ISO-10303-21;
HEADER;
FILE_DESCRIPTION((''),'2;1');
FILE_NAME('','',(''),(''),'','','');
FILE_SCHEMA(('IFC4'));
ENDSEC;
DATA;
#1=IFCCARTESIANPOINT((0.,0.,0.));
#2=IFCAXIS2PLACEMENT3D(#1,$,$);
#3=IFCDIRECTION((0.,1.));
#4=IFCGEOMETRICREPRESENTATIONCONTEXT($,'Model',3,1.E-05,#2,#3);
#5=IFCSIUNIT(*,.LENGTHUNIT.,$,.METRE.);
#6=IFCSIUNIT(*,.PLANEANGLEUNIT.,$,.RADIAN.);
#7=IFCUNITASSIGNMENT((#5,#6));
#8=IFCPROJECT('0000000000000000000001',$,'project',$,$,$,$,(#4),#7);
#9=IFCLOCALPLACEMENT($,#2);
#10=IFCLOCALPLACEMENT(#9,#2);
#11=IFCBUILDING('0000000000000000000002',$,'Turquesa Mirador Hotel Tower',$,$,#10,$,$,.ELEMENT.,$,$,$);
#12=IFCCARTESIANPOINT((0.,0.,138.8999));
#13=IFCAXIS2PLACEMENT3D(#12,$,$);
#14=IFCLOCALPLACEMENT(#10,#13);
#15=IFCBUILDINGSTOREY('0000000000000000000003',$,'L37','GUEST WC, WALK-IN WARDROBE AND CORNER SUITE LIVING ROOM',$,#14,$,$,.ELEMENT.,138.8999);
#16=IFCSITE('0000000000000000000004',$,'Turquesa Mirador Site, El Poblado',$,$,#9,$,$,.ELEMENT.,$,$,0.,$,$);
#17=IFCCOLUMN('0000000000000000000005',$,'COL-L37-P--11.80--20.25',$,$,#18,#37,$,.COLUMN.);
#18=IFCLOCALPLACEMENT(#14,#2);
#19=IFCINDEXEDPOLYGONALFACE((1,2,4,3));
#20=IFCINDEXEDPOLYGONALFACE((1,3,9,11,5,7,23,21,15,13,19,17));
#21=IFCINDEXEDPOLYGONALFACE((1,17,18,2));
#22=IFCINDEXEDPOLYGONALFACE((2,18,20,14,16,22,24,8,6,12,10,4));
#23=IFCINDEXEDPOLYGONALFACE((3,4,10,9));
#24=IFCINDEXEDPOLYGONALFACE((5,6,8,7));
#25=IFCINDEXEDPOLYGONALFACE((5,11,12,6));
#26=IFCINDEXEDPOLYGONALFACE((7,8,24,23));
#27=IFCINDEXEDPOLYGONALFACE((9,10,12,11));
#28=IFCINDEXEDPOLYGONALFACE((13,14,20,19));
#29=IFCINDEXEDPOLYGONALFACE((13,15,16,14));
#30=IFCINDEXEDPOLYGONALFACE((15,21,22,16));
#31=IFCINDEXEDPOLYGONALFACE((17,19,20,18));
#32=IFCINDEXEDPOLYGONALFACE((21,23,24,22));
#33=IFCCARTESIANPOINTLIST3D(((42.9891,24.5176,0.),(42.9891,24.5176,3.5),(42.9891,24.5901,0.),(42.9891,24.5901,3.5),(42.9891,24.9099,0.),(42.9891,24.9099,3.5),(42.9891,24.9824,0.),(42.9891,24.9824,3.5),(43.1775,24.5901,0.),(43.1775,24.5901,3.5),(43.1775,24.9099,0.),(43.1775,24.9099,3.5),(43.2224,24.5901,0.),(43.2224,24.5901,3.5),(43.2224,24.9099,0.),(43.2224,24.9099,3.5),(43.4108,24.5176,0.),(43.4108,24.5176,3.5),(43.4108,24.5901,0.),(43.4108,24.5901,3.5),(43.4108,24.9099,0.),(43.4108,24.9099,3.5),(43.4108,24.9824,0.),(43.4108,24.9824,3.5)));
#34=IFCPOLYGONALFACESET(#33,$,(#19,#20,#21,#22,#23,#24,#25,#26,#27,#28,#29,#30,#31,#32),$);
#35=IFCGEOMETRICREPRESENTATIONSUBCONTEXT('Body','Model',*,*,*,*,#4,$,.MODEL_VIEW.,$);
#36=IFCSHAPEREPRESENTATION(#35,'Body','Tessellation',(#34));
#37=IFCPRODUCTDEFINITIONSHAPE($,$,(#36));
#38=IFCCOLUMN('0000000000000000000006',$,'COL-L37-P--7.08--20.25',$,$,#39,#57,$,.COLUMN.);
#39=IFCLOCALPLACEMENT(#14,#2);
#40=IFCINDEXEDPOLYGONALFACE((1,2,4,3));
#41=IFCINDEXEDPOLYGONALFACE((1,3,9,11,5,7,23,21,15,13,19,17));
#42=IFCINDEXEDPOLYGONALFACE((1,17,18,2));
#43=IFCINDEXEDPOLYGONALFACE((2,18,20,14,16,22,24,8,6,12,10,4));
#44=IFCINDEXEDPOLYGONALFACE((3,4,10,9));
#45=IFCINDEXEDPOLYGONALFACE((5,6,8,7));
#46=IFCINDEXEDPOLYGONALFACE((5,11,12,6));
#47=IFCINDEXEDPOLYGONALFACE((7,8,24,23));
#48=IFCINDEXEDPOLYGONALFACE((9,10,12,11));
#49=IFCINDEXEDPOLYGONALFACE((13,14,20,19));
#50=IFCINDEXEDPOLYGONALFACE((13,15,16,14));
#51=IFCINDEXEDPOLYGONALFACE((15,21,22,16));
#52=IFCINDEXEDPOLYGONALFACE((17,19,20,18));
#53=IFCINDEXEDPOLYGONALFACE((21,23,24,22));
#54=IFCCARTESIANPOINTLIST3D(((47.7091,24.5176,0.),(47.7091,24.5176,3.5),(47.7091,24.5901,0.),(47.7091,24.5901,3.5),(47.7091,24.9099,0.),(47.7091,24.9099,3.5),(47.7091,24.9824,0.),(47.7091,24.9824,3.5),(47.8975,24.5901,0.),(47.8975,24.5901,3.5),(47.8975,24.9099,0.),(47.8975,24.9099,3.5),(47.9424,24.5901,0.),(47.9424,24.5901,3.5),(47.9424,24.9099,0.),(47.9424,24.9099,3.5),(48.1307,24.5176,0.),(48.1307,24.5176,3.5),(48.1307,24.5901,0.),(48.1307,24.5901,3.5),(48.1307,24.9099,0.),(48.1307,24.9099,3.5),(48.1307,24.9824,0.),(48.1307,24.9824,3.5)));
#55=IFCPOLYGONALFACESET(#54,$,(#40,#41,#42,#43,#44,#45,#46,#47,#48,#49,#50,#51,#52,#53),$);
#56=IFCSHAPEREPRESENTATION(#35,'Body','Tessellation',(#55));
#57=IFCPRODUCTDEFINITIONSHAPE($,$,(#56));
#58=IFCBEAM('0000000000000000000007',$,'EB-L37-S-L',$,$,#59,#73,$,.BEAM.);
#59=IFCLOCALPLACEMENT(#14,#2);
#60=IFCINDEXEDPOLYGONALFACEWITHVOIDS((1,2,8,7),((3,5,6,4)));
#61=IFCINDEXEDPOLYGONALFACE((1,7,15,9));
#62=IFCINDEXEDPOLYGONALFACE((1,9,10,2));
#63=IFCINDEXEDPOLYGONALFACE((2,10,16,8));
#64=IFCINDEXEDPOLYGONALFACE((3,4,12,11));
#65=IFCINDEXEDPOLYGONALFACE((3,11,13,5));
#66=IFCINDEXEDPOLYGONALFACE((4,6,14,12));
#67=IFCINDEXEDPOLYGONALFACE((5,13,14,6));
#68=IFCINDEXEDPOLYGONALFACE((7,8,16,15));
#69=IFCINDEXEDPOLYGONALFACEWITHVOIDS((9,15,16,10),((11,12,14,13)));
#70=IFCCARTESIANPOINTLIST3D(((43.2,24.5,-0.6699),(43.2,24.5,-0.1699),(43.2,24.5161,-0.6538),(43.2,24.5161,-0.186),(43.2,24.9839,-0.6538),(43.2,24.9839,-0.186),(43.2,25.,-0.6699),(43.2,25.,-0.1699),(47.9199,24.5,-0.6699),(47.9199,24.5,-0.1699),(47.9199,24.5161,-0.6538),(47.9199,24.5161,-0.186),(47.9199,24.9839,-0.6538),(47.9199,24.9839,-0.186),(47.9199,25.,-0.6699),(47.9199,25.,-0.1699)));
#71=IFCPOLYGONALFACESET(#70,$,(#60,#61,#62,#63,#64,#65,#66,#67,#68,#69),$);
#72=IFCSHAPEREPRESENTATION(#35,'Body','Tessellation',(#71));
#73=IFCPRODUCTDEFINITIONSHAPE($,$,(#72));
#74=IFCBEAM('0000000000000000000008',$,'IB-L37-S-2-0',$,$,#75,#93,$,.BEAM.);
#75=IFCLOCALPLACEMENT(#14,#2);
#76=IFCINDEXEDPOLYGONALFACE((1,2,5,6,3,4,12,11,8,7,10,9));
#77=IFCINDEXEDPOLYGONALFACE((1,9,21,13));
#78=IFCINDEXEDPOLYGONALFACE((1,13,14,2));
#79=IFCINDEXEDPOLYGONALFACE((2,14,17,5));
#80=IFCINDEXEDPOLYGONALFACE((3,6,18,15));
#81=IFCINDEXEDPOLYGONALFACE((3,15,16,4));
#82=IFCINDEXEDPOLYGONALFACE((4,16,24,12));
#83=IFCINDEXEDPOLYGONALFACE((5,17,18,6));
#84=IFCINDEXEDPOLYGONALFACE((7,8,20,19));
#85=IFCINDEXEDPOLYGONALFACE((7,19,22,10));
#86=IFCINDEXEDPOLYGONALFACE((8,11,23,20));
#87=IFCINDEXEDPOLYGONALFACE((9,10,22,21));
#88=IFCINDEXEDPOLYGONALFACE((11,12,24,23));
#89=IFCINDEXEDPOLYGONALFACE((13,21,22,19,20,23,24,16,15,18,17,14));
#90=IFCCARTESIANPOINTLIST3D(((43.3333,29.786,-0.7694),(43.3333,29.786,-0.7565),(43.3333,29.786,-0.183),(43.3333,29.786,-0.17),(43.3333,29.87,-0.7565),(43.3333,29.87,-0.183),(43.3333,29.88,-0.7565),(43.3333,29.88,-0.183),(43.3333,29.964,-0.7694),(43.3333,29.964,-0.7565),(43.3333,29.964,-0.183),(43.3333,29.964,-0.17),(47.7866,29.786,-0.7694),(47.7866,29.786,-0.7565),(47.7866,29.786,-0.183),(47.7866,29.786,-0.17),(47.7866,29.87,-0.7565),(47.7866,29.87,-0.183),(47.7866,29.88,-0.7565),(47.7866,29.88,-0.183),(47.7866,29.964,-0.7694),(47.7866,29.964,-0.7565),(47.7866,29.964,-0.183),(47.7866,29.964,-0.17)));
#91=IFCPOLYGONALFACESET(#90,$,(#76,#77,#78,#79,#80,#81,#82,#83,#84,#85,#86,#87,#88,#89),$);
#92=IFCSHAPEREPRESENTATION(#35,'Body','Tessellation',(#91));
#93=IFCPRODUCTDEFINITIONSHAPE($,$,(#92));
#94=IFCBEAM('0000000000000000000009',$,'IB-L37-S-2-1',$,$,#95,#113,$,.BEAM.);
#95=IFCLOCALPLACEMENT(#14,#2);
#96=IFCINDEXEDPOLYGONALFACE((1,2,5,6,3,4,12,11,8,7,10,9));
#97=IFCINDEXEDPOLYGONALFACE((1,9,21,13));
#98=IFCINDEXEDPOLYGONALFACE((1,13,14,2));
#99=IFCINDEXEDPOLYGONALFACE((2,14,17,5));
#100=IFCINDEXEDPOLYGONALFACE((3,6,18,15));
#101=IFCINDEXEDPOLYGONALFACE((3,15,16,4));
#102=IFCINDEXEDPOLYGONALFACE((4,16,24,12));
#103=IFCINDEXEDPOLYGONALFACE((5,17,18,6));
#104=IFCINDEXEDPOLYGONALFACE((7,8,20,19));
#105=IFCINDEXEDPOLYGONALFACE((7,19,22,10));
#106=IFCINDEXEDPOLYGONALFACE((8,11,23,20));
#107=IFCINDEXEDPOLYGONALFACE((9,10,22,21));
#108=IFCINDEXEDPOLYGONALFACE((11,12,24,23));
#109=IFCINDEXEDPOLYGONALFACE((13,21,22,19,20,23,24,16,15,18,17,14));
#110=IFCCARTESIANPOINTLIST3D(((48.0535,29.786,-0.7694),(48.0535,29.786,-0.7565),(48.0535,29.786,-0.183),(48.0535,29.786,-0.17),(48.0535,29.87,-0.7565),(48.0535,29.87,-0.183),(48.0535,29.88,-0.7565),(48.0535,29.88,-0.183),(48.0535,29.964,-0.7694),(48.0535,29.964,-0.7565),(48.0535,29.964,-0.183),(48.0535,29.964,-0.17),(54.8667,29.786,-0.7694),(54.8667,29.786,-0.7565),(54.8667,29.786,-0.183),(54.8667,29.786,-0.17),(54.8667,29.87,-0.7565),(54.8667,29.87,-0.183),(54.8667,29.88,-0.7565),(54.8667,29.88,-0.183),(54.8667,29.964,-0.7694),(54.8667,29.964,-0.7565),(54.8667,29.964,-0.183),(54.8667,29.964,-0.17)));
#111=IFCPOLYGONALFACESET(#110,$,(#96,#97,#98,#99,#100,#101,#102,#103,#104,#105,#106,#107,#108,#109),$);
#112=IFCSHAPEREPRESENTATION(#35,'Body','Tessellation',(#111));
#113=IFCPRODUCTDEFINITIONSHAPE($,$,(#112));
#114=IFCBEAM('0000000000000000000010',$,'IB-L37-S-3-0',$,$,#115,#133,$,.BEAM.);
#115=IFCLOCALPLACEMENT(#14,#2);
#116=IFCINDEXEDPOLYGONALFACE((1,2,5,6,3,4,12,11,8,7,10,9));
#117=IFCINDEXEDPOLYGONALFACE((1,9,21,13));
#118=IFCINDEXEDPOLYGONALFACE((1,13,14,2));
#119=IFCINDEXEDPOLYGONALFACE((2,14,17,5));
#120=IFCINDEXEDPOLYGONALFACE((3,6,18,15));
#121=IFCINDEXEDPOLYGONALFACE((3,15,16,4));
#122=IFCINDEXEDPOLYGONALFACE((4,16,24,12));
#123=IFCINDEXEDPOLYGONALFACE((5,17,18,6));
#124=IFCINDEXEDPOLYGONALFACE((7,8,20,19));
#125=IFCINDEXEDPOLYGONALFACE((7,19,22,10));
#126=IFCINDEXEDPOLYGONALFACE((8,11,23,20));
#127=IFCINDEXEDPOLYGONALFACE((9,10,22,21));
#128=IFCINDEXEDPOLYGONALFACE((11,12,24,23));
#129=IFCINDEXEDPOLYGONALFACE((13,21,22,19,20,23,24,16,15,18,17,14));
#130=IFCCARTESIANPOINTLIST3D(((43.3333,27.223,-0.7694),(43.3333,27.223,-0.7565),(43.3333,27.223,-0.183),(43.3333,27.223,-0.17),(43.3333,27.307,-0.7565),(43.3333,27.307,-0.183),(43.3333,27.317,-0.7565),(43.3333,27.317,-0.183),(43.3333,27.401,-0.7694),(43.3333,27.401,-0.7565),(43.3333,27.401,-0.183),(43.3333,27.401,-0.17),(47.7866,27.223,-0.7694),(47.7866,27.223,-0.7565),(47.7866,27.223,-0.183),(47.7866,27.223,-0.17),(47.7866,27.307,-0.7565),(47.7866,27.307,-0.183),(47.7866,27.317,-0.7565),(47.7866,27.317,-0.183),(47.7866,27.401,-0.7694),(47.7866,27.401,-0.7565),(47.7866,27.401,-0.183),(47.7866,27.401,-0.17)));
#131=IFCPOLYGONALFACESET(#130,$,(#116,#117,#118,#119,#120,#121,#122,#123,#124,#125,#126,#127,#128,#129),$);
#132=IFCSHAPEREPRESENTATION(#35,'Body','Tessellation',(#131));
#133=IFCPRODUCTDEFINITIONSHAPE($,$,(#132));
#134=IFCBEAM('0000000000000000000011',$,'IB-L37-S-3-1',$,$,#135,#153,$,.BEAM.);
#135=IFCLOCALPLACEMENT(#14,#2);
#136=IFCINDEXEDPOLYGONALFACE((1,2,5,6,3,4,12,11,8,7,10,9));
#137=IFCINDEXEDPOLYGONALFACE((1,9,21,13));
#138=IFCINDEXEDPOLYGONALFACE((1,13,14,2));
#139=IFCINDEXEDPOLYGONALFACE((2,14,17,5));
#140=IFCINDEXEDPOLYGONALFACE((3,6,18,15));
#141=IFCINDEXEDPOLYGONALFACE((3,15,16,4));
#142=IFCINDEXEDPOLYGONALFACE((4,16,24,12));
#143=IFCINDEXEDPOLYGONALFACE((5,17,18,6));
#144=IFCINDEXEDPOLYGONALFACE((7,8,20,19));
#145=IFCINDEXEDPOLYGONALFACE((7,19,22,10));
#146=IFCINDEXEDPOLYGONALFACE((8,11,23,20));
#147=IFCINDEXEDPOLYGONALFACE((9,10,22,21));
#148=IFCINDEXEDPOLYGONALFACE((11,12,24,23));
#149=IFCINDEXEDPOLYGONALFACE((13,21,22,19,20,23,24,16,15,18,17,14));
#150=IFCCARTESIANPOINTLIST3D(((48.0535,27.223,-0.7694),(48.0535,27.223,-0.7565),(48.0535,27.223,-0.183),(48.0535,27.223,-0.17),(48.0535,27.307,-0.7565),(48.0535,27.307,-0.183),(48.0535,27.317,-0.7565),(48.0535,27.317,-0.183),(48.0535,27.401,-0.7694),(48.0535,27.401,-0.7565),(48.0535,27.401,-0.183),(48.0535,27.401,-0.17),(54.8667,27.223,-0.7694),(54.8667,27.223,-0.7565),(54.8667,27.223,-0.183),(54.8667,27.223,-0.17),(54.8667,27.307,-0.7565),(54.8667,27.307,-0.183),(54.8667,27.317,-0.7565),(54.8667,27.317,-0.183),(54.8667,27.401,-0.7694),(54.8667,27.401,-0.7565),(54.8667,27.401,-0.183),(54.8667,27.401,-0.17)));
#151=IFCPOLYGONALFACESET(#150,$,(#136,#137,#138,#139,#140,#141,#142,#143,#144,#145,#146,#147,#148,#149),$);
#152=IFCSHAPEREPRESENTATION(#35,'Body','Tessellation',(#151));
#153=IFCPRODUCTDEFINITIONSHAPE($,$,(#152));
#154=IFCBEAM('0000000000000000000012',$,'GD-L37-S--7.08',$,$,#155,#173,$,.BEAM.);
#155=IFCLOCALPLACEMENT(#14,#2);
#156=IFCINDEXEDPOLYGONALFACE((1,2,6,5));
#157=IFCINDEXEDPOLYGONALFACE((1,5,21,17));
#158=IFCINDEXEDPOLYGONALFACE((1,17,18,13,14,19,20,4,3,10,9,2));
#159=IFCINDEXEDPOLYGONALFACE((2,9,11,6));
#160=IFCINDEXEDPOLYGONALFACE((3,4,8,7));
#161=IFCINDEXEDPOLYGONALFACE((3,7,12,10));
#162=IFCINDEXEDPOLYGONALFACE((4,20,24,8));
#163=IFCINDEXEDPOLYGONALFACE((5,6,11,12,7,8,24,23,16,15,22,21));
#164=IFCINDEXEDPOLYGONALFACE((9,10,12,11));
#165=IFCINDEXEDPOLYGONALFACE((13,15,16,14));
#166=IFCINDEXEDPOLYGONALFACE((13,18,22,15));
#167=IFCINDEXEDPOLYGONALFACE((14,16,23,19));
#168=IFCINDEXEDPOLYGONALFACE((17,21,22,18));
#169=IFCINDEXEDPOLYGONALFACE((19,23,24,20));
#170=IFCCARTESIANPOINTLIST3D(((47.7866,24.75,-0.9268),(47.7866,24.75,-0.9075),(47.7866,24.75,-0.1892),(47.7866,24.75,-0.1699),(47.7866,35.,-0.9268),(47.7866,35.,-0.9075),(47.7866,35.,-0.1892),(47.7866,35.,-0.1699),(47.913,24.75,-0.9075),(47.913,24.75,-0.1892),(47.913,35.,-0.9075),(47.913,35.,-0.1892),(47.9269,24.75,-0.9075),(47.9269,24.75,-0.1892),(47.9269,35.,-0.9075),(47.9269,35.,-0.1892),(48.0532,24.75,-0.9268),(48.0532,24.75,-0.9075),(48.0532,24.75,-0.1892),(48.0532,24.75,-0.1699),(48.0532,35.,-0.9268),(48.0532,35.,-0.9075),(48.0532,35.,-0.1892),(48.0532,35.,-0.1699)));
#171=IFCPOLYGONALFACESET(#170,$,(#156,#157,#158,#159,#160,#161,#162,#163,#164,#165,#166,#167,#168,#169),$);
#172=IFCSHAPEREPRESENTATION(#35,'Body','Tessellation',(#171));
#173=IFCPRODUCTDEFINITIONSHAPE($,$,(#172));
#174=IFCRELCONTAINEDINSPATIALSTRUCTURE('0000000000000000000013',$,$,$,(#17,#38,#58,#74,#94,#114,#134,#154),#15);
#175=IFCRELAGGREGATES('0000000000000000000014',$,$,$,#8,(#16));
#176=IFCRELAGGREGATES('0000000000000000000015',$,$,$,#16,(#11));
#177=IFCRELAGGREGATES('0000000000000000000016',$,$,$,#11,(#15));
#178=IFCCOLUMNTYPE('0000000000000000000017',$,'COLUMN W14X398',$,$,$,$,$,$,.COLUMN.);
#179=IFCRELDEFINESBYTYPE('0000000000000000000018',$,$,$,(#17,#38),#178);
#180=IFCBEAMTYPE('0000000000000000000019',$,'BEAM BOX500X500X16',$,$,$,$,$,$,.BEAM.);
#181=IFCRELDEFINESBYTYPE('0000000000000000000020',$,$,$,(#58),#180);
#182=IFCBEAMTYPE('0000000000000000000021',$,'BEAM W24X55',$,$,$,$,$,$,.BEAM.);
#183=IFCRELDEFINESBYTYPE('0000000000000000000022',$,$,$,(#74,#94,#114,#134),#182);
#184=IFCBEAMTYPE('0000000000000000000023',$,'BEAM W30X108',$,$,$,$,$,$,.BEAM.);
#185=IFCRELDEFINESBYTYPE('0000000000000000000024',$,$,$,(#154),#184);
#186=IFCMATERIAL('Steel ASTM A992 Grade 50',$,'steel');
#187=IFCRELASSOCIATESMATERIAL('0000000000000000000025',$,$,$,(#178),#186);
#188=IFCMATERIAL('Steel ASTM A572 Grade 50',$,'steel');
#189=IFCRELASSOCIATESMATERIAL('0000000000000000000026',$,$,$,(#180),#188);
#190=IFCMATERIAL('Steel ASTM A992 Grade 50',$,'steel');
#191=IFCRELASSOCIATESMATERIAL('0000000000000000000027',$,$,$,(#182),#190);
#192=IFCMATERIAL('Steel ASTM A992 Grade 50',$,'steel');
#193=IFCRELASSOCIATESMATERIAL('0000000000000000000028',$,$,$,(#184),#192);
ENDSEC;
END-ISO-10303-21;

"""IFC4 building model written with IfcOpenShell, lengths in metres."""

from ifc_helpers import new_model, si_unit, direction, frame, origin, origin_2d, place, context, subcontext, project, spatial, hollow_rectangle, i_section, extrude, material, material_profile, profile_set, type_object, element, save


model = new_model("IFC4")

# Units and contexts
model_context = context("Model", 3, precision=1e-05, world=origin(), true_north=direction((0.0, 1.0)))
body_context = subcontext(model_context, "Body", "Model", "MODEL_VIEW")
ifc_project = project(units=[si_unit("LENGTHUNIT", "METRE"), si_unit("PLANEANGLEUNIT", "RADIAN")], contexts=[model_context])

# Site, building, storey
site_placement = place(None, origin())
site = spatial("IfcSite", under=ifc_project, at=site_placement, Name="Turquesa Mirador Site, El Poblado", CompositionType="ELEMENT", RefElevation=0.0)
building_placement = place(site_placement, origin())
building = spatial("IfcBuilding", under=site, at=building_placement, Name="Turquesa Mirador Hotel Tower", CompositionType="ELEMENT")
storey_placement = place(building_placement, frame((0.0, 0.0, 138.8999)))
storey = spatial("IfcBuildingStorey", under=building, at=storey_placement, Name="L37", Description="GUEST WC, WALK-IN WARDROBE AND CORNER SUITE LIVING ROOM", CompositionType="ELEMENT", Elevation=138.8999)

# Columns
ifc_material_1 = material(Name="Steel ASTM A992 Grade 50", Category="steel")
ifc_material_profile_1 = material_profile(ifc_material_1, i_section(OverallWidth=0.4216, OverallDepth=0.4648, WebThickness=0.0449, FlangeThickness=0.0725, at=origin_2d()), Name="W14X398")
ifc_profile_set_1 = profile_set([ifc_material_profile_1], Name="Steel ASTM A992 Grade 50")
column_type = type_object("IfcColumnType", Name="COLUMN W14X398", PredefinedType="COLUMN", material=ifc_profile_set_1)
for number, where, z_axis, x_axis, name in (
    (1, (43.2, 24.75, 0.0), (0.0, 0.0, 1.0), (1.0, 0.0, 0.0), "COL-L37-P--11.80--20.25"),
    (2, (47.9199, 24.75, 0.0), (0.0, 0.0, 1.0), (1.0, 0.0, 0.0), "COL-L37-P--7.08--20.25"),
):
    element("IfcColumn", number, at=place(storey_placement, frame(where, z_axis=z_axis, x_axis=x_axis)), inside=storey, type_object=column_type, Name=name, PredefinedType="COLUMN", context=body_context, shape_type="SweptSolid", body=[
        extrude(i_section(OverallWidth=0.4216, OverallDepth=0.4648, WebThickness=0.0449, FlangeThickness=0.0725, at=origin_2d()), origin(), (0.0, 0.0, 1.0), 3.5),
    ])

# Beams
ifc_material_2 = material(Name="Steel ASTM A572 Grade 50", Category="steel")
ifc_material_profile_2 = material_profile(ifc_material_2, hollow_rectangle(XDim=0.5, YDim=0.5, WallThickness=0.0161, at=origin_2d()), Name="BOX500X500X16")
ifc_profile_set_2 = profile_set([ifc_material_profile_2], Name="Steel ASTM A572 Grade 50")
beam_type_1 = type_object("IfcBeamType", Name="BEAM BOX500X500X16", PredefinedType="BEAM", material=ifc_profile_set_2)
beam_1_placement = place(storey_placement, frame((43.2, 24.75, -0.4199), z_axis=(1.0, 0.0, 0.0), x_axis=(0.0, 1.0, 0.0)))
element("IfcBeam", 3, at=beam_1_placement, inside=storey, type_object=beam_type_1, Name="EB-L37-S-L", PredefinedType="BEAM", context=body_context, shape_type="SweptSolid", body=[
    extrude(hollow_rectangle(XDim=0.5, YDim=0.5, WallThickness=0.0161, at=origin_2d()), origin(), (0.0, 0.0, 1.0), 4.72),
])
ifc_material_3 = material(Name="Steel ASTM A992 Grade 50", Category="steel")
ifc_material_profile_3 = material_profile(ifc_material_3, i_section(OverallWidth=0.178, OverallDepth=0.5994, WebThickness=0.01, FlangeThickness=0.0129, at=origin_2d()), Name="W24X55")
ifc_profile_set_3 = profile_set([ifc_material_profile_3], Name="Steel ASTM A992 Grade 50")
beam_type_2 = type_object("IfcBeamType", Name="BEAM W24X55", PredefinedType="BEAM", material=ifc_profile_set_3)
beam_2_placement = place(storey_placement, frame((43.3333, 29.875, -0.4697), z_axis=(1.0, 0.0, 0.0), x_axis=(0.0, 1.0, 0.0)))
element("IfcBeam", 4, at=beam_2_placement, inside=storey, type_object=beam_type_2, Name="IB-L37-S-2-0", PredefinedType="BEAM", context=body_context, shape_type="SweptSolid", body=[
    extrude(i_section(OverallWidth=0.178, OverallDepth=0.5994, WebThickness=0.01, FlangeThickness=0.0129, at=origin_2d()), origin(), (0.0, 0.0, 1.0), 4.4534),
])
beam_3_placement = place(storey_placement, frame((48.0535, 29.875, -0.4697), z_axis=(1.0, 0.0, 0.0), x_axis=(0.0, 1.0, 0.0)))
element("IfcBeam", 5, at=beam_3_placement, inside=storey, type_object=beam_type_2, Name="IB-L37-S-2-1", PredefinedType="BEAM", context=body_context, shape_type="SweptSolid", body=[
    extrude(i_section(OverallWidth=0.178, OverallDepth=0.5994, WebThickness=0.01, FlangeThickness=0.0129, at=origin_2d()), origin(), (0.0, 0.0, 1.0), 6.8132),
])
beam_4_placement = place(storey_placement, frame((43.3333, 27.312, -0.4697), z_axis=(1.0, 0.0, 0.0), x_axis=(0.0, 1.0, 0.0)))
element("IfcBeam", 6, at=beam_4_placement, inside=storey, type_object=beam_type_2, Name="IB-L37-S-3-0", PredefinedType="BEAM", context=body_context, shape_type="SweptSolid", body=[
    extrude(i_section(OverallWidth=0.178, OverallDepth=0.5994, WebThickness=0.01, FlangeThickness=0.0129, at=origin_2d()), origin(), (0.0, 0.0, 1.0), 4.4534),
])
beam_5_placement = place(storey_placement, frame((48.0535, 27.312, -0.4697), z_axis=(1.0, 0.0, 0.0), x_axis=(0.0, 1.0, 0.0)))
element("IfcBeam", 7, at=beam_5_placement, inside=storey, type_object=beam_type_2, Name="IB-L37-S-3-1", PredefinedType="BEAM", context=body_context, shape_type="SweptSolid", body=[
    extrude(i_section(OverallWidth=0.178, OverallDepth=0.5994, WebThickness=0.01, FlangeThickness=0.0129, at=origin_2d()), origin(), (0.0, 0.0, 1.0), 6.8132),
])
ifc_material_4 = material(Name="Steel ASTM A992 Grade 50", Category="steel")
ifc_material_profile_4 = material_profile(ifc_material_4, i_section(OverallWidth=0.2666, OverallDepth=0.7568, WebThickness=0.0139, FlangeThickness=0.0193, at=origin_2d()), Name="W30X108")
ifc_profile_set_4 = profile_set([ifc_material_profile_4], Name="Steel ASTM A992 Grade 50")
beam_type_3 = type_object("IfcBeamType", Name="BEAM W30X108", PredefinedType="BEAM", material=ifc_profile_set_4)
beam_6_placement = place(storey_placement, frame((47.9199, 24.75, -0.5483), z_axis=(0.0, 1.0, 0.0), x_axis=(-1.0, 0.0, 0.0)))
element("IfcBeam", 8, at=beam_6_placement, inside=storey, type_object=beam_type_3, Name="GD-L37-S--7.08", PredefinedType="BEAM", context=body_context, shape_type="SweptSolid", body=[
    extrude(i_section(OverallWidth=0.2666, OverallDepth=0.7568, WebThickness=0.0139, FlangeThickness=0.0193, at=origin_2d()), origin(), (0.0, 0.0, 1.0), 10.25),
])

save(model, "model.ifc")
